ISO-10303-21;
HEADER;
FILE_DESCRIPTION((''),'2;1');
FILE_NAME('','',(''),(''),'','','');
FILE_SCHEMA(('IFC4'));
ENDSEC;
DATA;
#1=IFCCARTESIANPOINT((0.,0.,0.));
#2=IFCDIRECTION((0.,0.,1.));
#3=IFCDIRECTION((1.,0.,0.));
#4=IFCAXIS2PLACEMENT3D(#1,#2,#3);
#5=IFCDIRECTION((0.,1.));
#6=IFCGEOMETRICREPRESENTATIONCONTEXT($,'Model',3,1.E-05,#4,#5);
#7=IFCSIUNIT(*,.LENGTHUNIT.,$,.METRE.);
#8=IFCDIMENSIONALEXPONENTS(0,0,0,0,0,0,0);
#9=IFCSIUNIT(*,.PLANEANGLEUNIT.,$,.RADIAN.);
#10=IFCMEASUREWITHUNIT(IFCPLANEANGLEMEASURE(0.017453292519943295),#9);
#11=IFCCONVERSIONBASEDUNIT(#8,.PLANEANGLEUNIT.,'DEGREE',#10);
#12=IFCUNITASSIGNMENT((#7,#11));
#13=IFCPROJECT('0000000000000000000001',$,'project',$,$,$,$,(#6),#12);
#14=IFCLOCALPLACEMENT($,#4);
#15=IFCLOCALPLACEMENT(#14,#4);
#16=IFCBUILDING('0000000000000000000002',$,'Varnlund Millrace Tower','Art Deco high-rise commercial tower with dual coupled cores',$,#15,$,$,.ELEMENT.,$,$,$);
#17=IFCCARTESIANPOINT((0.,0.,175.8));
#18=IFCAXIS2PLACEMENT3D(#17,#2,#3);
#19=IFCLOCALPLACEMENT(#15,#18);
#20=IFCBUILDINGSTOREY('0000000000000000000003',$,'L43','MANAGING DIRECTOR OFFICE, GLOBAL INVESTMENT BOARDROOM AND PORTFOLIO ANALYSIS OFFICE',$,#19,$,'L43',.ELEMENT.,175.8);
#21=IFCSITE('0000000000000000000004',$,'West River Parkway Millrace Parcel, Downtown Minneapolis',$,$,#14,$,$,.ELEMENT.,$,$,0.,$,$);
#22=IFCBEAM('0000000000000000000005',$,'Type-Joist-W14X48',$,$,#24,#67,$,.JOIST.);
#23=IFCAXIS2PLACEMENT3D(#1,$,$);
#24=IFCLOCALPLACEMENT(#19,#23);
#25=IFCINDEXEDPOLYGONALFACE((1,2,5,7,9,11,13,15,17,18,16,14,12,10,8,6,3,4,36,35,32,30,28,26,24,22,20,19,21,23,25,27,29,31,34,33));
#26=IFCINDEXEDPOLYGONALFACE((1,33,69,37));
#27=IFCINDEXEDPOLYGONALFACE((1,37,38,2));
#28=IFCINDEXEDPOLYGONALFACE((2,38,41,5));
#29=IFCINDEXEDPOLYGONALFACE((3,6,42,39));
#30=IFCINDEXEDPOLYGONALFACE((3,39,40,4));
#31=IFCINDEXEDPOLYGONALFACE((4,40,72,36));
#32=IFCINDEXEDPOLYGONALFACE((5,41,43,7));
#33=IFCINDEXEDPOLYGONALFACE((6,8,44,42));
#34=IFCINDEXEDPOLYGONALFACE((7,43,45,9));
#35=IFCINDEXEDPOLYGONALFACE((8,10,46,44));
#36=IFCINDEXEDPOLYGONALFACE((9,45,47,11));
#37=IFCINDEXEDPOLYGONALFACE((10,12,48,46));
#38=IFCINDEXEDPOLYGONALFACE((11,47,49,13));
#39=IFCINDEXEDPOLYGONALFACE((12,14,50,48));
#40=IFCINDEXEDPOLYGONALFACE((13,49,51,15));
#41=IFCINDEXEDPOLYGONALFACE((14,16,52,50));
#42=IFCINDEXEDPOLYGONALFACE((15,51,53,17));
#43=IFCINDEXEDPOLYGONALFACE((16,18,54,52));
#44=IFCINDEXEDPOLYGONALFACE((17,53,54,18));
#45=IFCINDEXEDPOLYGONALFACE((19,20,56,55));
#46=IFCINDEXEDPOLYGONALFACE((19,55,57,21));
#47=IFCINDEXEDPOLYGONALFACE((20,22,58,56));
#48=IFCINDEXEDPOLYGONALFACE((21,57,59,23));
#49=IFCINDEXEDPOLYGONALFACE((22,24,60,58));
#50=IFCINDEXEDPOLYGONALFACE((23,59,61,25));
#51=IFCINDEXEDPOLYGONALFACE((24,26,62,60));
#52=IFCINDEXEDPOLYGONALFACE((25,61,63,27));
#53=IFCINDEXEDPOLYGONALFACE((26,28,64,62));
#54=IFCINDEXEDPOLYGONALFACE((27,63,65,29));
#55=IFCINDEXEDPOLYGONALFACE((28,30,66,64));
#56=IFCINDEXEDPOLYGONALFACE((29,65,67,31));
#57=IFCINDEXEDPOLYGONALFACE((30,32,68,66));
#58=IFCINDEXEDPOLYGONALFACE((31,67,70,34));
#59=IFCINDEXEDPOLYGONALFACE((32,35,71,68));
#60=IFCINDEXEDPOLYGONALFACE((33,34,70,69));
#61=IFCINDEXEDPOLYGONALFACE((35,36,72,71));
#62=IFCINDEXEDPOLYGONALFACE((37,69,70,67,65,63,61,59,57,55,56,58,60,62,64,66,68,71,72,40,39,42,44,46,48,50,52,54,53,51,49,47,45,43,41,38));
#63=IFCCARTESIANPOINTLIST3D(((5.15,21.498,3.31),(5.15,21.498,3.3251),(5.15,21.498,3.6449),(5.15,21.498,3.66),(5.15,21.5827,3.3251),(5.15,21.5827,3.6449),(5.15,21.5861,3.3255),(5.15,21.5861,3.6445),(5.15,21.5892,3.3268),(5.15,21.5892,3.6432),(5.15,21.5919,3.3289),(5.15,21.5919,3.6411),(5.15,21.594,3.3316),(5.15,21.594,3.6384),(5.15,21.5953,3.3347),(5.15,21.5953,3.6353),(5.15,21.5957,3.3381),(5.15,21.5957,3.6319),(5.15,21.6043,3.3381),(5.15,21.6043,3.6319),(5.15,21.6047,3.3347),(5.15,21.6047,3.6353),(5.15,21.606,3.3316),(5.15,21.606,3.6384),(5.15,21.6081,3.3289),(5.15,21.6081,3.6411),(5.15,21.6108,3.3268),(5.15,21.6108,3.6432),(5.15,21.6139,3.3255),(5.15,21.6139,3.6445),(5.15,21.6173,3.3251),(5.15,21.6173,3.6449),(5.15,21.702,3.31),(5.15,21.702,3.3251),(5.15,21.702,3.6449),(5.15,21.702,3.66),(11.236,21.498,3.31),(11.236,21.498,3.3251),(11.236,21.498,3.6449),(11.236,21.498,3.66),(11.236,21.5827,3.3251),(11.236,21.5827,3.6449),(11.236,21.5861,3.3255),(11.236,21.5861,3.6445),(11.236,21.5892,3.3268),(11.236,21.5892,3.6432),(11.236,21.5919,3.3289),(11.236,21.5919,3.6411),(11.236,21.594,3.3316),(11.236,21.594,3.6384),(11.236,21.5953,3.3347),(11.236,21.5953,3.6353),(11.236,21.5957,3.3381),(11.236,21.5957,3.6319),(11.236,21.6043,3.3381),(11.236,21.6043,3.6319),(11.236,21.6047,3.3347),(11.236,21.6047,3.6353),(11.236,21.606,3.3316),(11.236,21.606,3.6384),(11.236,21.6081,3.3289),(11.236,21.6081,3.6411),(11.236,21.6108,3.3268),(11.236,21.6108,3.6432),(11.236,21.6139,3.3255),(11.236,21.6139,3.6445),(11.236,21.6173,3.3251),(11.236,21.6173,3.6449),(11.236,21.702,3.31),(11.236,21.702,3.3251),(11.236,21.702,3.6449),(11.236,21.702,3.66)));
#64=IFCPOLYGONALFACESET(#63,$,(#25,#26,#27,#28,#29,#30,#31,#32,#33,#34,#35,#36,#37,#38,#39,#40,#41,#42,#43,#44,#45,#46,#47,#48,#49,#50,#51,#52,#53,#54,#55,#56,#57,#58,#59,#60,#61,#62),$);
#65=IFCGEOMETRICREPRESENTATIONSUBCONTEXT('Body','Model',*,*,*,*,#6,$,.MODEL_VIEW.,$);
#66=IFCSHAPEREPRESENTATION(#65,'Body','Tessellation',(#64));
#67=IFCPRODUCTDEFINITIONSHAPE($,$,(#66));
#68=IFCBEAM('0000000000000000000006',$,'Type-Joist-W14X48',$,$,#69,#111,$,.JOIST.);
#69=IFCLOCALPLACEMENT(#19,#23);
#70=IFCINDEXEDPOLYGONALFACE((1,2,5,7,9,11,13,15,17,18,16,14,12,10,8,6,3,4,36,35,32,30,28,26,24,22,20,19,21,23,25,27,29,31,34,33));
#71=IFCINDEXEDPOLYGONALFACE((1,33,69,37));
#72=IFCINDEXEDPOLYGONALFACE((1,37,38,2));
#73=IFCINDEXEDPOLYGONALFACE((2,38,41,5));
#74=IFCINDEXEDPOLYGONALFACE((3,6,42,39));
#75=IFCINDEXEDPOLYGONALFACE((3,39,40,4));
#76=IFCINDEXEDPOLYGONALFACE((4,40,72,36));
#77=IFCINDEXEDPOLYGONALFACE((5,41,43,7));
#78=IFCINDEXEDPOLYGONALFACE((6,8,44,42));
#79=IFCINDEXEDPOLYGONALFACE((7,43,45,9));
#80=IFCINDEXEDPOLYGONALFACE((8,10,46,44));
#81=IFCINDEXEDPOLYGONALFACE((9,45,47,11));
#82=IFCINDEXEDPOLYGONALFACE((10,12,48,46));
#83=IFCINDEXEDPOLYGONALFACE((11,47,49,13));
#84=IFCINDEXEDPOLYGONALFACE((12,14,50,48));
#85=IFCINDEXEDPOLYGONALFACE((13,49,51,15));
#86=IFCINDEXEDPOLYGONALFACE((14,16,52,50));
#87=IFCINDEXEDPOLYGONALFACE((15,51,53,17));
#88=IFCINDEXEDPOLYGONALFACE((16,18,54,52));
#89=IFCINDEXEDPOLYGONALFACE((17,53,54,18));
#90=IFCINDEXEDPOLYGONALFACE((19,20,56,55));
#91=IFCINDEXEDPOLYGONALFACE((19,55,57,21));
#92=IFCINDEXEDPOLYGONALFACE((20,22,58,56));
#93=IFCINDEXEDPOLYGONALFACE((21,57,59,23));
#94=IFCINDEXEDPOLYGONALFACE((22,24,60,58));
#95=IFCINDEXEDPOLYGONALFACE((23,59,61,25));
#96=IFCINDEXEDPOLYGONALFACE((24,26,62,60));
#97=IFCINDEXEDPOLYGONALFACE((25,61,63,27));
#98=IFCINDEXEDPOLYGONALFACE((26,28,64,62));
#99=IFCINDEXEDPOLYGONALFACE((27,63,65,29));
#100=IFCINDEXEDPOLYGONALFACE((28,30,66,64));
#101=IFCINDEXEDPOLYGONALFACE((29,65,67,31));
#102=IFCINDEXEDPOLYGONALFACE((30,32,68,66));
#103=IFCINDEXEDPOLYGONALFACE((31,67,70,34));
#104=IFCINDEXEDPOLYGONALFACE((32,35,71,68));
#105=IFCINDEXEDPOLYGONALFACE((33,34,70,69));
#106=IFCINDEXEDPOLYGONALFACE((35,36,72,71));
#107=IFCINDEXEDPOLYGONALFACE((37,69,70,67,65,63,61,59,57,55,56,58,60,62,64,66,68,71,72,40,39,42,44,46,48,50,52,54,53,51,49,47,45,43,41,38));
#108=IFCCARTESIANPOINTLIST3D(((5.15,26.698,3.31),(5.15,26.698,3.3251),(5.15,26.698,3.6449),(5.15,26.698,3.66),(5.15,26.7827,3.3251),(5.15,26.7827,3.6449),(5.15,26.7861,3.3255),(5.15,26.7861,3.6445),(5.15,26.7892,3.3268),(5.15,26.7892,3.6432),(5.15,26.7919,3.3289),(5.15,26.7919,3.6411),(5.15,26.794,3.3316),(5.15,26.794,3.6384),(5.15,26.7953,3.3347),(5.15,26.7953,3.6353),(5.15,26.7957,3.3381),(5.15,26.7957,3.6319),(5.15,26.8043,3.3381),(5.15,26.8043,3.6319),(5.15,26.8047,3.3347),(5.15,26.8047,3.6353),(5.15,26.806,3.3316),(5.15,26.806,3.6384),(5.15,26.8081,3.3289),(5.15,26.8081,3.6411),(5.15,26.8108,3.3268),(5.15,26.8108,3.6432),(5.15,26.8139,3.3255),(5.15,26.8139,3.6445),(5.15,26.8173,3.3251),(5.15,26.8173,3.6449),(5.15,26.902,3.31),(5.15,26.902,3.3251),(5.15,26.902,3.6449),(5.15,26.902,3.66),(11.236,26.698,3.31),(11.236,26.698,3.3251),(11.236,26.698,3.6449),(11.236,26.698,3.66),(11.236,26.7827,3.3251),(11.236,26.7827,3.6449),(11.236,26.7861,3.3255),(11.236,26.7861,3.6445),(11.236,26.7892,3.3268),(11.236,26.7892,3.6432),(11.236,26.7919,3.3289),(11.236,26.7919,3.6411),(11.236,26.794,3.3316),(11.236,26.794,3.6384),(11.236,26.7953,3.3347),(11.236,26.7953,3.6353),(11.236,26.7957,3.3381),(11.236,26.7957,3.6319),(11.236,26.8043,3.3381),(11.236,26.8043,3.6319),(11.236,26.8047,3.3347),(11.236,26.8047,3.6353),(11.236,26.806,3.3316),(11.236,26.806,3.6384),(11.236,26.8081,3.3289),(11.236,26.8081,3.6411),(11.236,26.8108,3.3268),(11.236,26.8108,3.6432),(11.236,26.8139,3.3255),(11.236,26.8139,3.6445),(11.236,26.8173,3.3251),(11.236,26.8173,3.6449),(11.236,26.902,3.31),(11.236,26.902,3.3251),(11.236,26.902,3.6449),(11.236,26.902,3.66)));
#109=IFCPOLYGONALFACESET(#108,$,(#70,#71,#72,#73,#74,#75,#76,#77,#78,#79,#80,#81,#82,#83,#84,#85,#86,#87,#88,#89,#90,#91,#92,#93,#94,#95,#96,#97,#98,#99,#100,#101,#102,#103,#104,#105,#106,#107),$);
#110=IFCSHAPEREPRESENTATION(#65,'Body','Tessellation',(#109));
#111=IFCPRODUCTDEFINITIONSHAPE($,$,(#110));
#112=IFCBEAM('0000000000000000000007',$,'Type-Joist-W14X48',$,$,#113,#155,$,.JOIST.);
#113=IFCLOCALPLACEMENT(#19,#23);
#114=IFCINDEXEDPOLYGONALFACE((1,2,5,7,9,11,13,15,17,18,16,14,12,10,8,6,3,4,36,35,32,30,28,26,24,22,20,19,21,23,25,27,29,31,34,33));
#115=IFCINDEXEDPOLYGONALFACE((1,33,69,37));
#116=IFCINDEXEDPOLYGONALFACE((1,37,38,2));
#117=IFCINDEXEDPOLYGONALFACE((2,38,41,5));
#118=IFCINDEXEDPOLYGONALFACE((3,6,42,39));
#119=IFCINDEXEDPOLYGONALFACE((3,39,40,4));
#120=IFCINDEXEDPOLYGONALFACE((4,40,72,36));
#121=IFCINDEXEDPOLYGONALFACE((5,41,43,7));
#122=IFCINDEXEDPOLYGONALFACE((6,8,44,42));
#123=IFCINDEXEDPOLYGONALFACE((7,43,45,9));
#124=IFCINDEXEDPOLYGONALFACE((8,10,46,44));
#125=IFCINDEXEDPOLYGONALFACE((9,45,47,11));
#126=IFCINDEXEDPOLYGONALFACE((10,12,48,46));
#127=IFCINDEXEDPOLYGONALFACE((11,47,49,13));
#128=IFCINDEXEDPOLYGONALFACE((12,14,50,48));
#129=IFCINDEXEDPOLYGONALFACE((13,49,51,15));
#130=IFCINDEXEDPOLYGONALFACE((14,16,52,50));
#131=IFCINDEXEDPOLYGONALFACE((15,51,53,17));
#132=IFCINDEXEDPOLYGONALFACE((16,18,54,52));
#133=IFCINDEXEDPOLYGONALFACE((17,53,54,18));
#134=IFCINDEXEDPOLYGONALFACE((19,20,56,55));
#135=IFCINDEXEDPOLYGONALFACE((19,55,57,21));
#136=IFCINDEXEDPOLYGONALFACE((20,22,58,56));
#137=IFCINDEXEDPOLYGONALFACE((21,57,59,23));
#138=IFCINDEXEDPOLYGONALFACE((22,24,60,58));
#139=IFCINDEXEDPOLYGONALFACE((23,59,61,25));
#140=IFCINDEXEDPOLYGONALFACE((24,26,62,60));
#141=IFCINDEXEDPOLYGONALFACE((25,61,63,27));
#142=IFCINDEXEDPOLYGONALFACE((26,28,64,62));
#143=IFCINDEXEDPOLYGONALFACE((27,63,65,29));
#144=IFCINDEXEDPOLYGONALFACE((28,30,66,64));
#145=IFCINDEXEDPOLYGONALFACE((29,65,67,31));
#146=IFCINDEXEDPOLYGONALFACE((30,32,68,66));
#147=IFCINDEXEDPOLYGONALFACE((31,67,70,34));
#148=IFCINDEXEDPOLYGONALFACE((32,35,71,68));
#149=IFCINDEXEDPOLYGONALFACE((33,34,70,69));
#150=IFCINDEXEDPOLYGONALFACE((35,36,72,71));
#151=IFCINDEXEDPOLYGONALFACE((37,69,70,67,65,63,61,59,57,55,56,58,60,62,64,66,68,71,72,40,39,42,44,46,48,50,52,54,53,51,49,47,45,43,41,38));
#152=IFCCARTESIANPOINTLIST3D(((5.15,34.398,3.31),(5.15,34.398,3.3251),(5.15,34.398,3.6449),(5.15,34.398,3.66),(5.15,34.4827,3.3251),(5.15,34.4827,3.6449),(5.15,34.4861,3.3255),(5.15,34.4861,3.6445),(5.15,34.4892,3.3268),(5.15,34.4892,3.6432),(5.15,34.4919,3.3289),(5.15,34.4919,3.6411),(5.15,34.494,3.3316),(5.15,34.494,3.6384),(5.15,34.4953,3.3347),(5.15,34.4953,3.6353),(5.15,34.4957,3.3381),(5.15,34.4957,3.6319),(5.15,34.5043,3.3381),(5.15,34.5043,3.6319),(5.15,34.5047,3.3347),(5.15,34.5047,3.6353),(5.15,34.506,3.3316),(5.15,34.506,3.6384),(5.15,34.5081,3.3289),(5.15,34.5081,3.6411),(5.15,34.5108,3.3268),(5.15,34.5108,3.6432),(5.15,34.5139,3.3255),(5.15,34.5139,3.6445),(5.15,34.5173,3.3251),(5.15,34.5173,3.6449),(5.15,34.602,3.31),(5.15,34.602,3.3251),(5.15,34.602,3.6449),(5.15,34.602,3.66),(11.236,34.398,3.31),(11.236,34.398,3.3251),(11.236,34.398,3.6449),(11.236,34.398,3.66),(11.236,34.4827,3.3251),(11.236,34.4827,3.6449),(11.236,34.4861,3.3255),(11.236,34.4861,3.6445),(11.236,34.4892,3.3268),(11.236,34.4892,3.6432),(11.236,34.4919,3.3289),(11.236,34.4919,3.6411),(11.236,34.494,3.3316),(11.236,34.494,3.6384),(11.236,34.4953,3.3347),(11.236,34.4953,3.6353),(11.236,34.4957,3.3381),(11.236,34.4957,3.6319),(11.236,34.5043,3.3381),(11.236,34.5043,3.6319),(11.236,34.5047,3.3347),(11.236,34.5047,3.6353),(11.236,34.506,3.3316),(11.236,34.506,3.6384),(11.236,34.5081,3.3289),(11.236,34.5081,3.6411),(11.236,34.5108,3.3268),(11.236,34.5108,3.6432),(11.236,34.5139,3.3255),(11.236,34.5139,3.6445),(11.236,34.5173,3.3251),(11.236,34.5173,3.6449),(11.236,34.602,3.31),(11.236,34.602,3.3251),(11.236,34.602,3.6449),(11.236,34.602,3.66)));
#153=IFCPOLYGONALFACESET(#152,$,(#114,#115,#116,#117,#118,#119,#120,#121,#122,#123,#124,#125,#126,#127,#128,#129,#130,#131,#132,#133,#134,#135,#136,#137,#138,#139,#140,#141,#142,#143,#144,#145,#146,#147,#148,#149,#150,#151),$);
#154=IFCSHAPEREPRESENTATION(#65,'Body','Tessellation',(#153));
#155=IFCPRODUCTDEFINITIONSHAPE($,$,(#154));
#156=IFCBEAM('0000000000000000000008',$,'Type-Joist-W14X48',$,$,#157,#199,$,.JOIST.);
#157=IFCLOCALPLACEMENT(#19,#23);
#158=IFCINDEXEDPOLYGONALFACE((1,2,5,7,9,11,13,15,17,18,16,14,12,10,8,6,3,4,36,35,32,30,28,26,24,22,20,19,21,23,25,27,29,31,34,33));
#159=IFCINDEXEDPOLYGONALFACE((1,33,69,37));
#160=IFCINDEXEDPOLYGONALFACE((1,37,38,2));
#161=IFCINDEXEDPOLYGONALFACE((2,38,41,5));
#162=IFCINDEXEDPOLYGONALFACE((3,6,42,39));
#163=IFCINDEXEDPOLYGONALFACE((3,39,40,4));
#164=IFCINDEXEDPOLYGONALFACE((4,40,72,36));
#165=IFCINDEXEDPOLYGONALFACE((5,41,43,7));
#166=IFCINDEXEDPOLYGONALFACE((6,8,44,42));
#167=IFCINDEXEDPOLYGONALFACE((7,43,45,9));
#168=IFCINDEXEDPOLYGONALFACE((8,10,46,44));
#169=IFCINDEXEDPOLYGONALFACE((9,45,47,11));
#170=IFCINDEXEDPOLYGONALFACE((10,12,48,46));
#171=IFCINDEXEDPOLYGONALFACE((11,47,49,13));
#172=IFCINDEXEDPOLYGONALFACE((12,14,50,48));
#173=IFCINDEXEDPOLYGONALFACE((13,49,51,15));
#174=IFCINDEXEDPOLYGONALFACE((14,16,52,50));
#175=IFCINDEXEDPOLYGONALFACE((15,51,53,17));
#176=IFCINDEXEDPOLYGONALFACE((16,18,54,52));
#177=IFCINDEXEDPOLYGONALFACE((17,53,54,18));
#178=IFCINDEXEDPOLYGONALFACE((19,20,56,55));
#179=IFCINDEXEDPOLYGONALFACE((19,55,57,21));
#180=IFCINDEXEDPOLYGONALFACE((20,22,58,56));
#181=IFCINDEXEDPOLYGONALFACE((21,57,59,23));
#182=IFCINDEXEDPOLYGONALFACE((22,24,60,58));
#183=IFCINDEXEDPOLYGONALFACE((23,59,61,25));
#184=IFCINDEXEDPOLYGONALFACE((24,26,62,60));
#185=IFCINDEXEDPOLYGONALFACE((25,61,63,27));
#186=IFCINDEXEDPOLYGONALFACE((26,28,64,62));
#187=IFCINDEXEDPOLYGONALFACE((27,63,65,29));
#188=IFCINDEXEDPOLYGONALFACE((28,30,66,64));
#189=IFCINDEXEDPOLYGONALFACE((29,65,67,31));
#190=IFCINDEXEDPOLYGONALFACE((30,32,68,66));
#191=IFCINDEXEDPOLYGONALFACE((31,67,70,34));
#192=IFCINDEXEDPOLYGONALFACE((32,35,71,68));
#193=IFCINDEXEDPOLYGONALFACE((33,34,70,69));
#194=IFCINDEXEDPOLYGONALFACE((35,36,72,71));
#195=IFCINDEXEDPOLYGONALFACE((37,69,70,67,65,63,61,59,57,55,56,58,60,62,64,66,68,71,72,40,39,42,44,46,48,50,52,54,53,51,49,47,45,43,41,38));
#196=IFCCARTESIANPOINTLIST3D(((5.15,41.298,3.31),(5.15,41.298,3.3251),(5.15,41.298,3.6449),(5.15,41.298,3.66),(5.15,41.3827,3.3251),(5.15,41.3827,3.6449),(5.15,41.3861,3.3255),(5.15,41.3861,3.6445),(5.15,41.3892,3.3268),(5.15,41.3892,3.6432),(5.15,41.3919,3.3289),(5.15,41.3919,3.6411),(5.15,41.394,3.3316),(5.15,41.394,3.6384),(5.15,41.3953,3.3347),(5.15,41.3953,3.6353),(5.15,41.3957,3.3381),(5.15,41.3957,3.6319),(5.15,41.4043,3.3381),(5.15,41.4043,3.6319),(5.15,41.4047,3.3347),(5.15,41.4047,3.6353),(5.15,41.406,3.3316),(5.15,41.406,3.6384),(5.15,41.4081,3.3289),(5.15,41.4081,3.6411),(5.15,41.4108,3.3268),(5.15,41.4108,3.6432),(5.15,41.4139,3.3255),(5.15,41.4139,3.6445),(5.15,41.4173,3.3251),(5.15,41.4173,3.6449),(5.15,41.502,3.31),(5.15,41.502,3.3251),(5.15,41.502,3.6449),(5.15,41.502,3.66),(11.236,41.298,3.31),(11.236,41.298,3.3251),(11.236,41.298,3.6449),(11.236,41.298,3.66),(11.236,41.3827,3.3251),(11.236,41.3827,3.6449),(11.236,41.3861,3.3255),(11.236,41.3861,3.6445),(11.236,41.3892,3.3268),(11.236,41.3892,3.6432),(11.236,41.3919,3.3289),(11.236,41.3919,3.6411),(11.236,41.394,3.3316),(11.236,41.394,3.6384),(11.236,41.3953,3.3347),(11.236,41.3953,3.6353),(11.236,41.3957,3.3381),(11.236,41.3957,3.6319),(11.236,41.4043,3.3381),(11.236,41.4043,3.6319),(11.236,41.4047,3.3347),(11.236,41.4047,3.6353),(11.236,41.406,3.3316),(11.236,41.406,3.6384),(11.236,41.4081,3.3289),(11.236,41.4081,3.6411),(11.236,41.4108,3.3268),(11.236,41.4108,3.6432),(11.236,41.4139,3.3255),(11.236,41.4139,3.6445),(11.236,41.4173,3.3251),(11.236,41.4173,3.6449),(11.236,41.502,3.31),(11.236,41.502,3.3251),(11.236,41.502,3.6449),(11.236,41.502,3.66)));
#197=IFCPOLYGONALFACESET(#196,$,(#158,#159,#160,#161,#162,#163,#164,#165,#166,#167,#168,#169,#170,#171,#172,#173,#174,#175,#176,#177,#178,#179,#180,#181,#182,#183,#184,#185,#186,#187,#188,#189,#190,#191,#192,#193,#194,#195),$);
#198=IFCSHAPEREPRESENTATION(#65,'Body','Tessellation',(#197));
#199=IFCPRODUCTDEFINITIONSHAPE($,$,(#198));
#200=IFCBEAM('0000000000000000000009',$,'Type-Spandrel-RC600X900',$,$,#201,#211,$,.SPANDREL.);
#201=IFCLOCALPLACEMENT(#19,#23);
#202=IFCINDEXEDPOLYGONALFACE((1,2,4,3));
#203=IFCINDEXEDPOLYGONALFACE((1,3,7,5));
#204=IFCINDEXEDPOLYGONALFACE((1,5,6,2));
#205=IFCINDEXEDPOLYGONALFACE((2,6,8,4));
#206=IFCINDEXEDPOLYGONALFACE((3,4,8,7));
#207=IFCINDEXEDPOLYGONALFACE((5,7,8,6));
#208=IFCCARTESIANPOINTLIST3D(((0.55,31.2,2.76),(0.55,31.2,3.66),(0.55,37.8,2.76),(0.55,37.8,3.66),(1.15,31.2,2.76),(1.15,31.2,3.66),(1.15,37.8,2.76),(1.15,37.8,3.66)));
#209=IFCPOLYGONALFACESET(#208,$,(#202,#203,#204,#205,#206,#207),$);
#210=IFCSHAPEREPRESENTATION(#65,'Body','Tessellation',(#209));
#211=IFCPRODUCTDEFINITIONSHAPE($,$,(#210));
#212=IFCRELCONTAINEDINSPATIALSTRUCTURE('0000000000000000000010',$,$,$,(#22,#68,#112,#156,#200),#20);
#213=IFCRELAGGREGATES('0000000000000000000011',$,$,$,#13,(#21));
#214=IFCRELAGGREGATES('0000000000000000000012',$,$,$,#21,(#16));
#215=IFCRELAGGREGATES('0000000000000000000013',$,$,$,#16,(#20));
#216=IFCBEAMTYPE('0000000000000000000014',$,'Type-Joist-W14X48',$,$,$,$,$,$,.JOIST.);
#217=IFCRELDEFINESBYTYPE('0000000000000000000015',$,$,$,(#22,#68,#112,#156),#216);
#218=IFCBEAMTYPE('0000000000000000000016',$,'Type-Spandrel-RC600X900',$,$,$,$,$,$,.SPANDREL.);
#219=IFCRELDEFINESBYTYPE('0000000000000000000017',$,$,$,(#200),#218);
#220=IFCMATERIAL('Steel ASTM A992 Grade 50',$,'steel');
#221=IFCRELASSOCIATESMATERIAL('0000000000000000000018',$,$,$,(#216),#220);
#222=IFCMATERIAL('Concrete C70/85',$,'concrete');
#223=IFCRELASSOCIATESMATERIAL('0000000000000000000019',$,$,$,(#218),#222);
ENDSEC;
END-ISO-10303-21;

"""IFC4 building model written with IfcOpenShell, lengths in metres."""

from ifc_helpers import new_model, entity, si_unit, converted_unit, direction, frame, origin_with_axes, origin_2d_with_axis, place, context, subcontext, project, spatial, rectangle, i_section, extrude, material, material_profile, profile_set, type_object, element, save


model = new_model("IFC4")

# Units and contexts
model_context = context("Model", 3, precision=1e-05, world=origin_with_axes(), true_north=direction((0.0, 1.0)))
body_context = subcontext(model_context, "Body", "Model", "MODEL_VIEW")
ifc_project = project(units=[si_unit("LENGTHUNIT", "METRE"), converted_unit("PLANEANGLEUNIT", "DEGREE", entity("IfcPlaneAngleMeasure", 0.017453292519943295), si_unit("PLANEANGLEUNIT", "RADIAN"), dimensions=[0, 0, 0, 0, 0, 0, 0])], contexts=[model_context])

# Site, building, storey
site_placement = place(None, origin_with_axes())
site = spatial("IfcSite", under=ifc_project, at=site_placement, Name="West River Parkway Millrace Parcel, Downtown Minneapolis", CompositionType="ELEMENT", RefElevation=0.0)
building_placement = place(site_placement, origin_with_axes())
building = spatial("IfcBuilding", under=site, at=building_placement, Name="Varnlund Millrace Tower", Description="Art Deco high-rise commercial tower with dual coupled cores", CompositionType="ELEMENT")
storey_placement = place(building_placement, frame((0.0, 0.0, 175.8), z_axis=(0.0, 0.0, 1.0), x_axis=(1.0, 0.0, 0.0)))
storey = spatial("IfcBuildingStorey", under=building, at=storey_placement, Name="L43", Description="MANAGING DIRECTOR OFFICE, GLOBAL INVESTMENT BOARDROOM AND PORTFOLIO ANALYSIS OFFICE", LongName="L43", CompositionType="ELEMENT", Elevation=175.8)

# Beams
ifc_material_1 = material(Name="Steel ASTM A992 Grade 50", Category="steel")
ifc_material_profile_1 = material_profile(ifc_material_1, i_section(OverallWidth=0.204, OverallDepth=0.35, WebThickness=0.0086, FlangeThickness=0.0151, FilletRadius=0.013, at=origin_2d_with_axis()), Name="Steel ASTM A992 Grade 50")
ifc_profile_set_1 = profile_set([ifc_material_profile_1], Name="Steel ASTM A992 Grade 50")
beam_type_1 = type_object("IfcBeamType", Name="Type-Joist-W14X48", PredefinedType="JOIST", material=ifc_profile_set_1)
for number, where, z_axis, x_axis, name in (
    (1, (5.15, 21.6, 3.485), (1.0, 0.0, 0.0), (0.0, 1.0, 0.0), "Type-Joist-W14X48"),
    (2, (5.15, 26.8, 3.485), (1.0, 0.0, 0.0), (0.0, 1.0, 0.0), "Type-Joist-W14X48"),
    (3, (5.15, 34.5, 3.485), (1.0, 0.0, 0.0), (0.0, 1.0, 0.0), "Type-Joist-W14X48"),
    (4, (5.15, 41.4, 3.485), (1.0, 0.0, 0.0), (0.0, 1.0, 0.0), "Type-Joist-W14X48"),
):
    element("IfcBeam", number, at=place(storey_placement, frame(where, z_axis=z_axis, x_axis=x_axis)), inside=storey, type_object=beam_type_1, Name=name, PredefinedType="JOIST", context=body_context, shape_type="SweptSolid", body=[
        extrude(i_section(OverallWidth=0.204, OverallDepth=0.35, WebThickness=0.0086, FlangeThickness=0.0151, FilletRadius=0.013, at=origin_2d_with_axis()), origin_with_axes(), (0.0, 0.0, 1.0), 6.086),
    ])
ifc_material_2 = material(Name="Concrete C70/85", Category="concrete")
ifc_material_profile_2 = material_profile(ifc_material_2, rectangle(XDim=0.6, YDim=0.9, at=origin_2d_with_axis()), Name="Concrete C70/85")
ifc_profile_set_2 = profile_set([ifc_material_profile_2], Name="Concrete C70/85")
beam_type_2 = type_object("IfcBeamType", Name="Type-Spandrel-RC600X900", PredefinedType="SPANDREL", material=ifc_profile_set_2)
beam_1_placement = place(storey_placement, frame((0.85, 31.2, 3.21), z_axis=(0.0, 1.0, 0.0), x_axis=(-1.0, 0.0, 0.0)))
element("IfcBeam", 5, at=beam_1_placement, inside=storey, type_object=beam_type_2, Name="Type-Spandrel-RC600X900", PredefinedType="SPANDREL", context=body_context, shape_type="SweptSolid", body=[
    extrude(rectangle(XDim=0.6, YDim=0.9, at=origin_2d_with_axis()), origin_with_axes(), (0.0, 0.0, 1.0), 6.6),
])

save(model, "model.ifc")
